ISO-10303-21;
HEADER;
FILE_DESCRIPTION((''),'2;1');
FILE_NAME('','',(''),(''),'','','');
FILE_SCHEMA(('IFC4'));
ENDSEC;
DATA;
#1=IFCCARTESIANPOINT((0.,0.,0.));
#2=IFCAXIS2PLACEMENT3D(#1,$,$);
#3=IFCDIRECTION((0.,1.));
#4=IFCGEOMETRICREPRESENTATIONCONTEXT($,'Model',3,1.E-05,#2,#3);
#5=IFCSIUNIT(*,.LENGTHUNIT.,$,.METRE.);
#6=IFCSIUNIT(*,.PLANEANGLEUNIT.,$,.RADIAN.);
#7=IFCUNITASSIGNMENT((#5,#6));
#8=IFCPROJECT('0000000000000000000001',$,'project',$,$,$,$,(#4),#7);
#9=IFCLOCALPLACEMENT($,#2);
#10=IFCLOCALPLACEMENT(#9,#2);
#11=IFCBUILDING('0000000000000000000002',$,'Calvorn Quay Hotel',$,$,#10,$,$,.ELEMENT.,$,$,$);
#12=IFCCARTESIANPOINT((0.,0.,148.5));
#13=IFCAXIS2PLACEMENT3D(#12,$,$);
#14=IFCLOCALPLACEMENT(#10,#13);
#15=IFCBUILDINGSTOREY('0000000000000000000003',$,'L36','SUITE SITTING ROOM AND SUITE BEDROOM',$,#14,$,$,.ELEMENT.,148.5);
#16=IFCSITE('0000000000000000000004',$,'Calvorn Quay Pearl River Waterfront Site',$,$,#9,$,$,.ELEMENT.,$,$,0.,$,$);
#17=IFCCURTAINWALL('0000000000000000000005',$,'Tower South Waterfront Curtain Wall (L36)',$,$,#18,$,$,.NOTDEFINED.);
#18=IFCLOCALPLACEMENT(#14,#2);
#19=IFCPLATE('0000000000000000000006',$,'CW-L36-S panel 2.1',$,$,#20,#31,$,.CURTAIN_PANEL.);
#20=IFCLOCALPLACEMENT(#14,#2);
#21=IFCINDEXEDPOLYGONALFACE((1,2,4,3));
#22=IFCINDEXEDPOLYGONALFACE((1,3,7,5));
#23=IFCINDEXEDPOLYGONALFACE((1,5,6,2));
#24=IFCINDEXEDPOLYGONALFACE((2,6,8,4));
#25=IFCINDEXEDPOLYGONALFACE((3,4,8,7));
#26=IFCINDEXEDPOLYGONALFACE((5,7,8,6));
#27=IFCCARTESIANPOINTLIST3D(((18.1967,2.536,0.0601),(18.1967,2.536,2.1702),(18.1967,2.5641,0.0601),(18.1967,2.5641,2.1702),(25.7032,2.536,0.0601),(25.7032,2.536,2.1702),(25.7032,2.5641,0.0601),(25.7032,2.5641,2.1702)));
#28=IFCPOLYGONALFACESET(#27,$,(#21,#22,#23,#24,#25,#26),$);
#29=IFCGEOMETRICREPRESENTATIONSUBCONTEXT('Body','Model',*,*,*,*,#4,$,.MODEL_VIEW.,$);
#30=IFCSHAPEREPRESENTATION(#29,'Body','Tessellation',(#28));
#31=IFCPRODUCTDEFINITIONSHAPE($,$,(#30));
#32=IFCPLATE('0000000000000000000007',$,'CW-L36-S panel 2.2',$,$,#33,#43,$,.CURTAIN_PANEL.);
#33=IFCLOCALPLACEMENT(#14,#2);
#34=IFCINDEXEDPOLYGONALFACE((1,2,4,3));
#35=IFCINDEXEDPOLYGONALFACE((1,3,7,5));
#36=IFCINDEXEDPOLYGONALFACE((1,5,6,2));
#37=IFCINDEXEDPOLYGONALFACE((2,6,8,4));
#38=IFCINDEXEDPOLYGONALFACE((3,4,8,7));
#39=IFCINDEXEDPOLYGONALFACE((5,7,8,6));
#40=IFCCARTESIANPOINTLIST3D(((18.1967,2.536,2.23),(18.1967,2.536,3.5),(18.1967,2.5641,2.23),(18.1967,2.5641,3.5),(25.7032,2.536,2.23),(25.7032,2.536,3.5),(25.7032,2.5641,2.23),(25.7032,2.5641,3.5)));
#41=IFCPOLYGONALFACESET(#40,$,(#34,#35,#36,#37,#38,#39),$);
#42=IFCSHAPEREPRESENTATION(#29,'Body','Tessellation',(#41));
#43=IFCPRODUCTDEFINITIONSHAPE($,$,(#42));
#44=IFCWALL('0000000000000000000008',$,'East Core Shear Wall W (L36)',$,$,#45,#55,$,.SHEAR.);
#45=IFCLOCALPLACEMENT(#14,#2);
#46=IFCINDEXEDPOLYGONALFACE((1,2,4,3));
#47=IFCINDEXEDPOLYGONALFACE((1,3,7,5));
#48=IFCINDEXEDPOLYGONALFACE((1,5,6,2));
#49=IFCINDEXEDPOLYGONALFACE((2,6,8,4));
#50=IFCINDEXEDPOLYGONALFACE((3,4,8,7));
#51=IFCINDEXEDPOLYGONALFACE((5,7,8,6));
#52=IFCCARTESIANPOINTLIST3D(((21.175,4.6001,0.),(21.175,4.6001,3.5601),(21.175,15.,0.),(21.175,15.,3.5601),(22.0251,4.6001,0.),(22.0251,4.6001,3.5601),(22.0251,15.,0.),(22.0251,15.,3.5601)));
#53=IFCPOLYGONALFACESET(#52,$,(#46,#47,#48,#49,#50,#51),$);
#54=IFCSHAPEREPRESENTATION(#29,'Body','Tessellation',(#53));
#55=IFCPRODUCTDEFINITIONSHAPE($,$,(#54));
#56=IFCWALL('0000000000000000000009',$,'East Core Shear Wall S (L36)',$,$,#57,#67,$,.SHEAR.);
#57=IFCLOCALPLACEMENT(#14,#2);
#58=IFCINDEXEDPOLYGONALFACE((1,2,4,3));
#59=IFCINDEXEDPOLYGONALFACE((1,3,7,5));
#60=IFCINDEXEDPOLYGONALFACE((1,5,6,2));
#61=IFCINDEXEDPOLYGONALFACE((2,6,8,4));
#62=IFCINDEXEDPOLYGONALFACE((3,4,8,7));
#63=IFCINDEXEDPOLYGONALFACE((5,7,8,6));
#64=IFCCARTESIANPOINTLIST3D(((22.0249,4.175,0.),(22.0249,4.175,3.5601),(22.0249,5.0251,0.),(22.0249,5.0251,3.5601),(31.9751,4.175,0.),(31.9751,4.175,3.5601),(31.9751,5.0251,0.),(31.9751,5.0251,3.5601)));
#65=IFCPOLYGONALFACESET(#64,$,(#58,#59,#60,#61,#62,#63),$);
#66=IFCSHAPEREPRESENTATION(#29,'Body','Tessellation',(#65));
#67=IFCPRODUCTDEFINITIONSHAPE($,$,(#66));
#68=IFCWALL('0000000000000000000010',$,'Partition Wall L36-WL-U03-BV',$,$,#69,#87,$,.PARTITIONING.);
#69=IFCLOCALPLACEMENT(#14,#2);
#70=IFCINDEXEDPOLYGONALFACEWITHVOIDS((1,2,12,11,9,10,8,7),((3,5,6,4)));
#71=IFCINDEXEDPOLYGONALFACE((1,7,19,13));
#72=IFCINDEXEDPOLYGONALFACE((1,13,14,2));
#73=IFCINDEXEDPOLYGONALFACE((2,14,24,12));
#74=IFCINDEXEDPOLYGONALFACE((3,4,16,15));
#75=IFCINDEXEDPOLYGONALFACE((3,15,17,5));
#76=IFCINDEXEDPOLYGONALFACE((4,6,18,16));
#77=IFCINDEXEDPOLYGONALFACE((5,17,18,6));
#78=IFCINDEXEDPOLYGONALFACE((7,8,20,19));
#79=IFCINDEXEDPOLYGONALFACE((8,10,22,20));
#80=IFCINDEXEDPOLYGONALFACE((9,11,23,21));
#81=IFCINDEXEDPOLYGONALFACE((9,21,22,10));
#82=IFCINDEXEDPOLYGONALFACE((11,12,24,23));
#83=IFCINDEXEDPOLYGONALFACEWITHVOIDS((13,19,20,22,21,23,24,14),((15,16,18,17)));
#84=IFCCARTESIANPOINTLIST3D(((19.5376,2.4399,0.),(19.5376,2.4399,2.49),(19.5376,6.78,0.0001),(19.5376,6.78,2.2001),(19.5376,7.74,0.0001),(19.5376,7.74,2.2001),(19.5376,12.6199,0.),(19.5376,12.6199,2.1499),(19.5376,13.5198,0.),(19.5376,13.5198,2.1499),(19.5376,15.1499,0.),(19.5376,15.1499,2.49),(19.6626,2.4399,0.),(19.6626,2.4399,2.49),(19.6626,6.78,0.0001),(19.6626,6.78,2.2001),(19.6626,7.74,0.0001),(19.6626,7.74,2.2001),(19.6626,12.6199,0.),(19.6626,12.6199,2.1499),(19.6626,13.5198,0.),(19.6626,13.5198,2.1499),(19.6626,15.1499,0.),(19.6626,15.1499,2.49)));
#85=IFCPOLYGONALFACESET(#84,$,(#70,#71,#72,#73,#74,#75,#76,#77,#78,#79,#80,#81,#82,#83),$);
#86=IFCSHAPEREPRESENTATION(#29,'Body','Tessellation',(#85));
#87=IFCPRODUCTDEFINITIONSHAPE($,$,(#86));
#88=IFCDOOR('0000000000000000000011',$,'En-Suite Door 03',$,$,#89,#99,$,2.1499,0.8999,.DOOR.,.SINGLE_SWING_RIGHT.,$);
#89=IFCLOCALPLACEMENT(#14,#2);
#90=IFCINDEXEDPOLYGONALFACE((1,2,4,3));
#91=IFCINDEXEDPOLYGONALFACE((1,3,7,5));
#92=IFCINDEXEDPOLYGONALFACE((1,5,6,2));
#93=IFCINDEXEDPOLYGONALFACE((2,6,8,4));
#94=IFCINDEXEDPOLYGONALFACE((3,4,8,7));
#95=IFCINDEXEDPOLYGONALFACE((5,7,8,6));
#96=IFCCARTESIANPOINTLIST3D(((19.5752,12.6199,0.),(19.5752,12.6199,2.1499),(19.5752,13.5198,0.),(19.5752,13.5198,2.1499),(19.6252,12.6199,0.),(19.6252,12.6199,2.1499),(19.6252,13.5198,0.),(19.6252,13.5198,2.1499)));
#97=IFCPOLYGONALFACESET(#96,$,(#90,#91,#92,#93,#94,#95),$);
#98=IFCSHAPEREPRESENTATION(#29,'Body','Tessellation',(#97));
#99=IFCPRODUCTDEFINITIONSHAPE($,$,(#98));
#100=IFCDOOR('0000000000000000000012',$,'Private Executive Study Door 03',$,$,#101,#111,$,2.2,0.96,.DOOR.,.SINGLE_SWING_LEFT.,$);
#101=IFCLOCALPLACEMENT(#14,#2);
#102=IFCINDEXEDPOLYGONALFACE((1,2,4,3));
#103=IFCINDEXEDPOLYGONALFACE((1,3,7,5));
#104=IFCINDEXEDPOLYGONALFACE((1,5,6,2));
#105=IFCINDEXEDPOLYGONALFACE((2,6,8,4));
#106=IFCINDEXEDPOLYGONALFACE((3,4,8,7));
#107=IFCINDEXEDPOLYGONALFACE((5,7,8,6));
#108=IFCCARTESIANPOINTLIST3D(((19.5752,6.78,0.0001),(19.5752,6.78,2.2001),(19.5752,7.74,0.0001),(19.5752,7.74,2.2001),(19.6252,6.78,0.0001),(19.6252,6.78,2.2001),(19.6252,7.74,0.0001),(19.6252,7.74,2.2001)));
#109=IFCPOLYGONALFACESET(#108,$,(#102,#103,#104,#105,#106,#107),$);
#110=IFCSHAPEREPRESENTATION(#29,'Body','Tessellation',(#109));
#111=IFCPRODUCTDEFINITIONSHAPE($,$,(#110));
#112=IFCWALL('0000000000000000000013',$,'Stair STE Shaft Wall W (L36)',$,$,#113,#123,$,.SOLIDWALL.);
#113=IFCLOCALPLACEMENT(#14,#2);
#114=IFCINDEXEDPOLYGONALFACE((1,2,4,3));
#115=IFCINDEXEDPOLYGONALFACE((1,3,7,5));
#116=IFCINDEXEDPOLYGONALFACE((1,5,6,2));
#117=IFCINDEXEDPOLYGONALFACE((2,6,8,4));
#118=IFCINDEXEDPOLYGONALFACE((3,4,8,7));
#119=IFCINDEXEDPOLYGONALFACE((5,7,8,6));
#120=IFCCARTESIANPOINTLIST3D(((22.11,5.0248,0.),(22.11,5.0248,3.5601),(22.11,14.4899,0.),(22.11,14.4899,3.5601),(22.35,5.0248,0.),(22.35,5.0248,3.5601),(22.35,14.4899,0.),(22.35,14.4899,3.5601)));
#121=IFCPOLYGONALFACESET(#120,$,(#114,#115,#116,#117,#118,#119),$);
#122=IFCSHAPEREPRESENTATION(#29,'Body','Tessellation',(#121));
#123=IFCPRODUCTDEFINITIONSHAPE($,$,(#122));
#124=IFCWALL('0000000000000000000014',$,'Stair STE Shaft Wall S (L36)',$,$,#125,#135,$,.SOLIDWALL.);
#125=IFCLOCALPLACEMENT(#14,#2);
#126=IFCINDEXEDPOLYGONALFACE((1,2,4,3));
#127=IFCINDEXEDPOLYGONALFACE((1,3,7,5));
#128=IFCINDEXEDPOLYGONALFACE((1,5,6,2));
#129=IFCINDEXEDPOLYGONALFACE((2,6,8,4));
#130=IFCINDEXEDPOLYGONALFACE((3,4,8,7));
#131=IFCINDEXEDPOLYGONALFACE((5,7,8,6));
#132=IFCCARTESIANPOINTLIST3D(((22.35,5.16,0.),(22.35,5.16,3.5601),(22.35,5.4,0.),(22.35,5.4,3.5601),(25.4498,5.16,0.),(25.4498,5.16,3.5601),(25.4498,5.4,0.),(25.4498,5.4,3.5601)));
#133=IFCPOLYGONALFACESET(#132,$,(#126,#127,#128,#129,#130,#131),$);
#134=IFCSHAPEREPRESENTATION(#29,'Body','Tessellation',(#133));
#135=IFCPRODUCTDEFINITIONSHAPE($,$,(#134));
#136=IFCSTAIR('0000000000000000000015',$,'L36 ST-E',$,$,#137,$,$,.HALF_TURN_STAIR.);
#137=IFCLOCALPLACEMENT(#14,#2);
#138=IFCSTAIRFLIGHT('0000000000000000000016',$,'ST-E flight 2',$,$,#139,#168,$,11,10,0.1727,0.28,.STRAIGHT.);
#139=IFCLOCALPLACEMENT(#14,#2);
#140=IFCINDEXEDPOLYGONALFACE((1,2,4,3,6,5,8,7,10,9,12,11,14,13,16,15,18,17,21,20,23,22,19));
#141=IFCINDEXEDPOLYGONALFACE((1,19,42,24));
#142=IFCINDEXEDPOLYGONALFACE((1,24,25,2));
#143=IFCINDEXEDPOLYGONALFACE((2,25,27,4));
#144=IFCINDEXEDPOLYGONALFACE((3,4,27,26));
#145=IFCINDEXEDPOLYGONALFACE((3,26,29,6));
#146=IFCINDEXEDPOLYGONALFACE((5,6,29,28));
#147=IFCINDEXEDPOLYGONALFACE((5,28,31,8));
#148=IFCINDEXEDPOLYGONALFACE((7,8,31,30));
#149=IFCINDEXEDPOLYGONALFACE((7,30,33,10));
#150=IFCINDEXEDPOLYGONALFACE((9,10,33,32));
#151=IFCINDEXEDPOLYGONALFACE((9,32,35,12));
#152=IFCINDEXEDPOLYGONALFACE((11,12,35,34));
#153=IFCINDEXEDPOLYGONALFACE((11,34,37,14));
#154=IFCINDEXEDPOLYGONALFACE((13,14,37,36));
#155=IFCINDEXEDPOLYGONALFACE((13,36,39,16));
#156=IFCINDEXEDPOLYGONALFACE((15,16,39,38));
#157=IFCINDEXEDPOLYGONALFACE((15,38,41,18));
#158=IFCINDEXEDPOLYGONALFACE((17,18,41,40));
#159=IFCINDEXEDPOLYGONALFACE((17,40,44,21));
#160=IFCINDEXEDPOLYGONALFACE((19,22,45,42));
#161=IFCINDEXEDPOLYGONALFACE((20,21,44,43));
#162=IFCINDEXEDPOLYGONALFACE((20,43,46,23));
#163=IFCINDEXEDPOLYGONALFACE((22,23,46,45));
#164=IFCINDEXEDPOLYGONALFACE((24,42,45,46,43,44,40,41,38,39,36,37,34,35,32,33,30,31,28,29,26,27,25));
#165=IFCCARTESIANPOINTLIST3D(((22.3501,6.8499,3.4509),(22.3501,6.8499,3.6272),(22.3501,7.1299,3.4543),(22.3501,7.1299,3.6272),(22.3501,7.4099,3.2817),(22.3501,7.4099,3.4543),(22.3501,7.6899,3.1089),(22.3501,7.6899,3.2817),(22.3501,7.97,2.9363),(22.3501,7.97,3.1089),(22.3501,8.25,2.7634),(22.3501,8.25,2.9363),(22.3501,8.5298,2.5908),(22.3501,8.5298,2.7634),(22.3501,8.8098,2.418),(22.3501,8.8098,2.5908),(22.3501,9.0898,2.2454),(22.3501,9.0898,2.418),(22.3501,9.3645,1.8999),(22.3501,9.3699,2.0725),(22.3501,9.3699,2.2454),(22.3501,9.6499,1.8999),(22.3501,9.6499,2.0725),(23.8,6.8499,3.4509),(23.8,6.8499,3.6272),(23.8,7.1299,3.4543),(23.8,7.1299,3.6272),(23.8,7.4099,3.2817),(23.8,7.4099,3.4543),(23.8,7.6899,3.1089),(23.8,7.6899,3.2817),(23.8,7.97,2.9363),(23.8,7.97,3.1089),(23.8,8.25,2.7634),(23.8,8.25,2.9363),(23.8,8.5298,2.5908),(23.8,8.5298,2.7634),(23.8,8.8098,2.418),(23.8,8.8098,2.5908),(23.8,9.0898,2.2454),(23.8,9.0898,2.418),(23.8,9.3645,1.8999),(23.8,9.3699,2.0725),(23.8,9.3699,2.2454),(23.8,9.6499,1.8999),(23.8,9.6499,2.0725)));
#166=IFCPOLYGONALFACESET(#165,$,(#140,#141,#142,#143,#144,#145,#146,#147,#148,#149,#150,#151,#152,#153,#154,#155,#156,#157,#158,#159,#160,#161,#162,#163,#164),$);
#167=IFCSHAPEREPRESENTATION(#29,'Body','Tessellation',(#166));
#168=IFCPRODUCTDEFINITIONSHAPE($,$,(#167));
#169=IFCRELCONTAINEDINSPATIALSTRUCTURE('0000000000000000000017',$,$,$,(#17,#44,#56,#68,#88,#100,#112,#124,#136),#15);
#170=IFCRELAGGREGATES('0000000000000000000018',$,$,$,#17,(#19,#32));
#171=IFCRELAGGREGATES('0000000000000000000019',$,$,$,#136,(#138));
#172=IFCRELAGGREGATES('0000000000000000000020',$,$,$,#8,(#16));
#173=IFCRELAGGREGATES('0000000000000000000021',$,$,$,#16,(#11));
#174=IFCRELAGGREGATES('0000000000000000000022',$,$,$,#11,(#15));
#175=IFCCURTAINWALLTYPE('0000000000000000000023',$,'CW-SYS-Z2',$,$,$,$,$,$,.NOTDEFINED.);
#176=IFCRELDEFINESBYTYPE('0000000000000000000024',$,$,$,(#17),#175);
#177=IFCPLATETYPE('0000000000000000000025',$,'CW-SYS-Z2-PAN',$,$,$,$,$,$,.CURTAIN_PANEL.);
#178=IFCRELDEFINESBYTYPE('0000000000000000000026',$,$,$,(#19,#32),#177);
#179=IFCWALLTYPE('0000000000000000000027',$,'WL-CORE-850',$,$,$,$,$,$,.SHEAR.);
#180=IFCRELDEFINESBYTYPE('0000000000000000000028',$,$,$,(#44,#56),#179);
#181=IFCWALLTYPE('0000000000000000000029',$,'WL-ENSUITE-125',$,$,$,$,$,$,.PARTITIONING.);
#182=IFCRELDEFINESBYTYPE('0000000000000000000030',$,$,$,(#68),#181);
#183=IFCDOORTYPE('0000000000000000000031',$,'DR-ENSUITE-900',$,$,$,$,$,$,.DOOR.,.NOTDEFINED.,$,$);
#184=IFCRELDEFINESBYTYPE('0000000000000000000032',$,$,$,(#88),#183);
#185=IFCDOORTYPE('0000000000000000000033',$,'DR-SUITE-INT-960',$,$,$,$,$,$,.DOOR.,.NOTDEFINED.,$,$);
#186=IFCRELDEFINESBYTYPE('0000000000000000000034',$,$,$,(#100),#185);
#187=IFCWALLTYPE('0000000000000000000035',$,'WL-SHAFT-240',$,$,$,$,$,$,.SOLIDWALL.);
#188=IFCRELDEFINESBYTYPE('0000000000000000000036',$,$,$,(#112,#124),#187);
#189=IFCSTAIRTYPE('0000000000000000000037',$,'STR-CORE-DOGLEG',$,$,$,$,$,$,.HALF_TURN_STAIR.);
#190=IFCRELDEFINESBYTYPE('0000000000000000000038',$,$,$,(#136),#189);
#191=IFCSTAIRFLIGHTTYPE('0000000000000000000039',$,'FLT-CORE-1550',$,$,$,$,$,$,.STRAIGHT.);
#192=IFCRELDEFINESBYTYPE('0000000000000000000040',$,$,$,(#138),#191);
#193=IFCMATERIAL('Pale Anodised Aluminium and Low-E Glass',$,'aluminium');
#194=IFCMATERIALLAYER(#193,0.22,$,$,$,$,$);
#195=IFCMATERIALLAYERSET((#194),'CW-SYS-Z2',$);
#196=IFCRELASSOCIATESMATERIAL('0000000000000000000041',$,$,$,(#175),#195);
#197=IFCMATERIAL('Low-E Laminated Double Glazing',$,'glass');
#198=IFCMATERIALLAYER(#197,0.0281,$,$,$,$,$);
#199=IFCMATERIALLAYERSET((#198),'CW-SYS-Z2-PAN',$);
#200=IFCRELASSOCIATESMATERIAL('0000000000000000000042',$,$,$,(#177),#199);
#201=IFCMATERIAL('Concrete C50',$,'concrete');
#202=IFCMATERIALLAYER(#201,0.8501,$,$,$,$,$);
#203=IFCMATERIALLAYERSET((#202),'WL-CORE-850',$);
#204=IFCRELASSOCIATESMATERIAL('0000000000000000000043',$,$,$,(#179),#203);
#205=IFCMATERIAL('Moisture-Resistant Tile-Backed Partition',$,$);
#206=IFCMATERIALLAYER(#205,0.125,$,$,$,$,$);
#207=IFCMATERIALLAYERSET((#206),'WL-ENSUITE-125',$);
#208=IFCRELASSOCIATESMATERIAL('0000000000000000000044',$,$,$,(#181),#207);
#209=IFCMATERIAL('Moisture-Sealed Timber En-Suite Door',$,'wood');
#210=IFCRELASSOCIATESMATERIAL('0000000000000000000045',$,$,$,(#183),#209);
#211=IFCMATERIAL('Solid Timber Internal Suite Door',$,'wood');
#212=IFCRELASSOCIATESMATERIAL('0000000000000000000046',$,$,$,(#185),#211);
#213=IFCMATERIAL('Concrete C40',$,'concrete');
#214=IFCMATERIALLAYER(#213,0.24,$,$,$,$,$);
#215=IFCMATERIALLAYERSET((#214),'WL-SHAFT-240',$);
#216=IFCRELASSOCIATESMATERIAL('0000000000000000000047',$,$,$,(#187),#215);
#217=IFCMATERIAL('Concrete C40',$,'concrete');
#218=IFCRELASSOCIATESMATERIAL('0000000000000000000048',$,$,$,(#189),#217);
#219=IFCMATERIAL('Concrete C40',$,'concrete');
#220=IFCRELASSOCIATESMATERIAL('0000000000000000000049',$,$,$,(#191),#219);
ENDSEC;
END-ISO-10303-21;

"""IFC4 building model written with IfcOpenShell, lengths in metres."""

from ifc_helpers import new_model, si_unit, direction, frame, frame_2d, origin, origin_2d, place, context, subcontext, project, spatial, polyline, rectangle, outline, extrude, material, layer, layer_set, type_object, element, fill, aggregate, save


model = new_model("IFC4")

# Units and contexts
model_context = context("Model", 3, precision=1e-05, world=origin(), true_north=direction((0.0, 1.0)))
body_context = subcontext(model_context, "Body", "Model", "MODEL_VIEW")
ifc_project = project(units=[si_unit("LENGTHUNIT", "METRE"), si_unit("PLANEANGLEUNIT", "RADIAN")], contexts=[model_context])

# Site, building, storey
site_placement = place(None, origin())
site = spatial("IfcSite", under=ifc_project, at=site_placement, Name="Calvorn Quay Pearl River Waterfront Site", CompositionType="ELEMENT", RefElevation=0.0)
building_placement = place(site_placement, origin())
building = spatial("IfcBuilding", under=site, at=building_placement, Name="Calvorn Quay Hotel", CompositionType="ELEMENT")
storey_placement = place(building_placement, frame((0.0, 0.0, 148.5)))
storey = spatial("IfcBuildingStorey", under=building, at=storey_placement, Name="L36", Description="SUITE SITTING ROOM AND SUITE BEDROOM", CompositionType="ELEMENT", Elevation=148.5)

# Curtain wall, plates
ifc_material_1 = material(Name="Pale Anodised Aluminium and Low-E Glass", Category="aluminium")
ifc_layer_1 = layer(ifc_material_1, 0.22)
ifc_layer_set_1 = layer_set([ifc_layer_1], Name="CW-SYS-Z2")
curtain_wall_type = type_object("IfcCurtainWallType", Name="CW-SYS-Z2", PredefinedType="NOTDEFINED", material=ifc_layer_set_1)
curtain_wall_placement = place(storey_placement, origin())
curtain_wall = element("IfcCurtainWall", 1, at=curtain_wall_placement, inside=storey, type_object=curtain_wall_type, Name="Tower South Waterfront Curtain Wall (L36)", PredefinedType="NOTDEFINED")
ifc_material_2 = material(Name="Low-E Laminated Double Glazing", Category="glass")
ifc_layer_2 = layer(ifc_material_2, 0.0281)
ifc_layer_set_2 = layer_set([ifc_layer_2], Name="CW-SYS-Z2-PAN")
plate_type = type_object("IfcPlateType", Name="CW-SYS-Z2-PAN", PredefinedType="CURTAIN_PANEL", material=ifc_layer_set_2)
plate_1_placement = place(storey_placement, frame((21.95, 2.55, 0.0601), z_axis=(0.0, 0.0, 1.0), x_axis=(1.0, 0.0, 0.0)))
plate_1 = element("IfcPlate", 2, at=plate_1_placement, type_object=plate_type, Name="CW-L36-S panel 2.1", PredefinedType="CURTAIN_PANEL", context=body_context, shape_type="SweptSolid", body=[
    extrude(rectangle(XDim=7.5066, YDim=0.0281, at=origin_2d()), origin(), (0.0, 0.0, 1.0), 2.1101),
])
plate_2_placement = place(storey_placement, frame((21.95, 2.55, 2.23), z_axis=(0.0, 0.0, 1.0), x_axis=(1.0, 0.0, 0.0)))
plate_2 = element("IfcPlate", 3, at=plate_2_placement, type_object=plate_type, Name="CW-L36-S panel 2.2", PredefinedType="CURTAIN_PANEL", context=body_context, shape_type="SweptSolid", body=[
    extrude(rectangle(XDim=7.5066, YDim=0.0281, at=origin_2d()), origin(), (0.0, 0.0, 1.0), 1.27),
])
aggregate(curtain_wall, [plate_1, plate_2])

# Walls
ifc_material_3 = material(Name="Concrete C50", Category="concrete")
ifc_layer_3 = layer(ifc_material_3, 0.8501)
ifc_layer_set_3 = layer_set([ifc_layer_3], Name="WL-CORE-850")
wall_type_1 = type_object("IfcWallType", Name="WL-CORE-850", PredefinedType="SHEAR", material=ifc_layer_set_3)
wall_1_placement = place(storey_placement, frame((21.6001, 4.6001, 0.0), z_axis=(0.0, 0.0, 1.0), x_axis=(0.0, 1.0, 0.0)))
element("IfcWall", 4, at=wall_1_placement, inside=storey, type_object=wall_type_1, Name="East Core Shear Wall W (L36)", PredefinedType="SHEAR", context=body_context, shape_type="SweptSolid", body=[
    extrude(rectangle(XDim=10.3999, YDim=0.8501, at=frame_2d((5.2, 0.0))), origin(), (0.0, 0.0, 1.0), 3.5601),
])
wall_2_placement = place(storey_placement, frame((22.0249, 4.6001, 0.0), z_axis=(0.0, 0.0, 1.0), x_axis=(1.0, 0.0, 0.0)))
element("IfcWall", 5, at=wall_2_placement, inside=storey, type_object=wall_type_1, Name="East Core Shear Wall S (L36)", PredefinedType="SHEAR", context=body_context, shape_type="SweptSolid", body=[
    extrude(rectangle(XDim=9.9502, YDim=0.8501, at=frame_2d((4.9751, 0.0))), origin(), (0.0, 0.0, 1.0), 3.5601),
])

# Wall, openings, doors
ifc_material_4 = material(Name="Moisture-Resistant Tile-Backed Partition")
ifc_layer_4 = layer(ifc_material_4, 0.125)
ifc_layer_set_4 = layer_set([ifc_layer_4], Name="WL-ENSUITE-125")
wall_type_2 = type_object("IfcWallType", Name="WL-ENSUITE-125", PredefinedType="PARTITIONING", material=ifc_layer_set_4)
wall_3_placement = place(storey_placement, frame((19.6001, 2.4399, 0.0), z_axis=(0.0, 0.0, 1.0), x_axis=(0.0, 1.0, 0.0)))
wall_3 = element("IfcWall", 6, at=wall_3_placement, inside=storey, type_object=wall_type_2, Name="Partition Wall L36-WL-U03-BV", PredefinedType="PARTITIONING", context=body_context, shape_type="SweptSolid", body=[
    extrude(rectangle(XDim=12.71, YDim=0.125, at=frame_2d((6.355, 0.0))), origin(), (0.0, 0.0, 1.0), 2.49),
])
opening_1_placement = place(wall_3_placement, frame((4.3401, 0.0, 0.0)))
opening_1 = element("IfcOpeningElement", 7, at=opening_1_placement, cuts=wall_3, PredefinedType="OPENING", context=body_context, shape_type="SweptSolid", body=[
    extrude(rectangle(XDim=0.96, YDim=2.2, at=frame_2d((0.48, 1.1001))), frame((0.0, 0.0725, 0.0), z_axis=(0.0, -1.0, 0.0), x_axis=(1.0, 0.0, 0.0)), (0.0, 0.0, 1.0), 0.145),
])
opening_2_placement = place(wall_3_placement, frame((10.1799, 0.0, 0.0)))
opening_2 = element("IfcOpeningElement", 8, at=opening_2_placement, cuts=wall_3, PredefinedType="OPENING", context=body_context, shape_type="SweptSolid", body=[
    extrude(rectangle(XDim=0.8999, YDim=2.1499, at=frame_2d((0.45, 1.075))), frame((0.0, 0.0725, 0.0), z_axis=(0.0, -1.0, 0.0), x_axis=(1.0, 0.0, 0.0)), (0.0, 0.0, 1.0), 0.145),
])
ifc_material_5 = material(Name="Moisture-Sealed Timber En-Suite Door", Category="wood")
door_type_1 = type_object("IfcDoorType", Name="DR-ENSUITE-900", OperationType="NOTDEFINED", PredefinedType="DOOR", material=ifc_material_5)
door_1_placement = place(opening_2_placement, origin())
door_1 = element("IfcDoor", 9, at=door_1_placement, inside=storey, type_object=door_type_1, Name="En-Suite Door 03", OperationType="SINGLE_SWING_RIGHT", OverallHeight=2.1499, OverallWidth=0.8999, PredefinedType="DOOR", context=body_context, shape_type="SweptSolid", body=[
    extrude(rectangle(XDim=0.8999, YDim=2.1499, at=frame_2d((0.45, 1.075))), frame((0.0, 0.0249, 0.0), z_axis=(0.0, -1.0, 0.0), x_axis=(1.0, 0.0, 0.0)), (0.0, 0.0, 1.0), 0.05),
])
fill(opening_2, door_1)
ifc_material_6 = material(Name="Solid Timber Internal Suite Door", Category="wood")
door_type_2 = type_object("IfcDoorType", Name="DR-SUITE-INT-960", OperationType="NOTDEFINED", PredefinedType="DOOR", material=ifc_material_6)
door_2_placement = place(opening_1_placement, origin())
door_2 = element("IfcDoor", 10, at=door_2_placement, inside=storey, type_object=door_type_2, Name="Private Executive Study Door 03", OperationType="SINGLE_SWING_LEFT", OverallHeight=2.2, OverallWidth=0.96, PredefinedType="DOOR", context=body_context, shape_type="SweptSolid", body=[
    extrude(rectangle(XDim=0.96, YDim=2.2, at=frame_2d((0.48, 1.1001))), frame((0.0, 0.0249, 0.0), z_axis=(0.0, -1.0, 0.0), x_axis=(1.0, 0.0, 0.0)), (0.0, 0.0, 1.0), 0.05),
])
fill(opening_1, door_2)

# Walls
ifc_material_7 = material(Name="Concrete C40", Category="concrete")
ifc_layer_5 = layer(ifc_material_7, 0.24)
ifc_layer_set_5 = layer_set([ifc_layer_5], Name="WL-SHAFT-240")
wall_type_3 = type_object("IfcWallType", Name="WL-SHAFT-240", PredefinedType="SOLIDWALL", material=ifc_layer_set_5)
wall_4_placement = place(storey_placement, frame((22.23, 5.0249, 0.0), z_axis=(0.0, 0.0, 1.0), x_axis=(0.0, 1.0, 0.0)))
element("IfcWall", 11, at=wall_4_placement, inside=storey, type_object=wall_type_3, Name="Stair STE Shaft Wall W (L36)", PredefinedType="SOLIDWALL", context=body_context, shape_type="SweptSolid", body=[
    extrude(rectangle(XDim=9.4651, YDim=0.24, at=frame_2d((4.7324, 0.0))), origin(), (0.0, 0.0, 1.0), 3.5601),
])
wall_5_placement = place(storey_placement, frame((22.3501, 5.28, 0.0), z_axis=(0.0, 0.0, 1.0), x_axis=(1.0, 0.0, 0.0)))
element("IfcWall", 12, at=wall_5_placement, inside=storey, type_object=wall_type_3, Name="Stair STE Shaft Wall S (L36)", PredefinedType="SOLIDWALL", context=body_context, shape_type="SweptSolid", body=[
    extrude(rectangle(XDim=3.0999, YDim=0.24, at=frame_2d((1.5498, 0.0))), origin(), (0.0, 0.0, 1.0), 3.5601),
])

# Stair, stair flight
ifc_material_8 = material(Name="Concrete C40", Category="concrete")
stair_type = type_object("IfcStairType", Name="STR-CORE-DOGLEG", PredefinedType="HALF_TURN_STAIR", material=ifc_material_8)
stair_placement = place(storey_placement, origin())
stair = element("IfcStair", 13, at=stair_placement, inside=storey, type_object=stair_type, Name="L36 ST-E", PredefinedType="HALF_TURN_STAIR")
ifc_material_9 = material(Name="Concrete C40", Category="concrete")
stair_flight_type = type_object("IfcStairFlightType", Name="FLT-CORE-1550", PredefinedType="STRAIGHT", material=ifc_material_9)
stair_flight_placement = place(storey_placement, frame((23.075, 9.6499, 1.8999), z_axis=(0.0, 0.0, 1.0), x_axis=(0.0, -1.0, 0.0)))
stair_flight = element("IfcStairFlight", 14, at=stair_flight_placement, type_object=stair_flight_type, Name="ST-E flight 2", NumberOfRisers=11, NumberOfTreads=10, PredefinedType="STRAIGHT", RiserHeight=0.1727, TreadLength=0.28, context=body_context, shape_type="SweptSolid", body=[
    extrude(outline(polyline([(0.0, 0.0), (0.0, 0.1726), (0.28, 0.1726), (0.28, 0.3455), (0.5601, 0.3455), (0.5601, 0.5181), (0.8401, 0.5181), (0.8401, 0.6909), (1.1201, 0.6909), (1.1201, 0.8635), (1.3999, 0.8635), (1.3999, 1.0364), (1.6799, 1.0364), (1.6799, 1.209), (1.96, 1.209), (1.96, 1.3818), (2.24, 1.3818), (2.24, 1.5544), (2.52, 1.5544), (2.52, 1.7273), (2.8, 1.7273), (2.8, 1.8999), (2.8, 1.551), (0.2854, 0.0), (0.0, 0.0)])), frame((0.0, 0.7251, 0.0), z_axis=(0.0, -1.0, 0.0), x_axis=(1.0, 0.0, 0.0)), (0.0, 0.0, 1.0), 1.45),
])
aggregate(stair, [stair_flight])

save(model, "model.ifc")
